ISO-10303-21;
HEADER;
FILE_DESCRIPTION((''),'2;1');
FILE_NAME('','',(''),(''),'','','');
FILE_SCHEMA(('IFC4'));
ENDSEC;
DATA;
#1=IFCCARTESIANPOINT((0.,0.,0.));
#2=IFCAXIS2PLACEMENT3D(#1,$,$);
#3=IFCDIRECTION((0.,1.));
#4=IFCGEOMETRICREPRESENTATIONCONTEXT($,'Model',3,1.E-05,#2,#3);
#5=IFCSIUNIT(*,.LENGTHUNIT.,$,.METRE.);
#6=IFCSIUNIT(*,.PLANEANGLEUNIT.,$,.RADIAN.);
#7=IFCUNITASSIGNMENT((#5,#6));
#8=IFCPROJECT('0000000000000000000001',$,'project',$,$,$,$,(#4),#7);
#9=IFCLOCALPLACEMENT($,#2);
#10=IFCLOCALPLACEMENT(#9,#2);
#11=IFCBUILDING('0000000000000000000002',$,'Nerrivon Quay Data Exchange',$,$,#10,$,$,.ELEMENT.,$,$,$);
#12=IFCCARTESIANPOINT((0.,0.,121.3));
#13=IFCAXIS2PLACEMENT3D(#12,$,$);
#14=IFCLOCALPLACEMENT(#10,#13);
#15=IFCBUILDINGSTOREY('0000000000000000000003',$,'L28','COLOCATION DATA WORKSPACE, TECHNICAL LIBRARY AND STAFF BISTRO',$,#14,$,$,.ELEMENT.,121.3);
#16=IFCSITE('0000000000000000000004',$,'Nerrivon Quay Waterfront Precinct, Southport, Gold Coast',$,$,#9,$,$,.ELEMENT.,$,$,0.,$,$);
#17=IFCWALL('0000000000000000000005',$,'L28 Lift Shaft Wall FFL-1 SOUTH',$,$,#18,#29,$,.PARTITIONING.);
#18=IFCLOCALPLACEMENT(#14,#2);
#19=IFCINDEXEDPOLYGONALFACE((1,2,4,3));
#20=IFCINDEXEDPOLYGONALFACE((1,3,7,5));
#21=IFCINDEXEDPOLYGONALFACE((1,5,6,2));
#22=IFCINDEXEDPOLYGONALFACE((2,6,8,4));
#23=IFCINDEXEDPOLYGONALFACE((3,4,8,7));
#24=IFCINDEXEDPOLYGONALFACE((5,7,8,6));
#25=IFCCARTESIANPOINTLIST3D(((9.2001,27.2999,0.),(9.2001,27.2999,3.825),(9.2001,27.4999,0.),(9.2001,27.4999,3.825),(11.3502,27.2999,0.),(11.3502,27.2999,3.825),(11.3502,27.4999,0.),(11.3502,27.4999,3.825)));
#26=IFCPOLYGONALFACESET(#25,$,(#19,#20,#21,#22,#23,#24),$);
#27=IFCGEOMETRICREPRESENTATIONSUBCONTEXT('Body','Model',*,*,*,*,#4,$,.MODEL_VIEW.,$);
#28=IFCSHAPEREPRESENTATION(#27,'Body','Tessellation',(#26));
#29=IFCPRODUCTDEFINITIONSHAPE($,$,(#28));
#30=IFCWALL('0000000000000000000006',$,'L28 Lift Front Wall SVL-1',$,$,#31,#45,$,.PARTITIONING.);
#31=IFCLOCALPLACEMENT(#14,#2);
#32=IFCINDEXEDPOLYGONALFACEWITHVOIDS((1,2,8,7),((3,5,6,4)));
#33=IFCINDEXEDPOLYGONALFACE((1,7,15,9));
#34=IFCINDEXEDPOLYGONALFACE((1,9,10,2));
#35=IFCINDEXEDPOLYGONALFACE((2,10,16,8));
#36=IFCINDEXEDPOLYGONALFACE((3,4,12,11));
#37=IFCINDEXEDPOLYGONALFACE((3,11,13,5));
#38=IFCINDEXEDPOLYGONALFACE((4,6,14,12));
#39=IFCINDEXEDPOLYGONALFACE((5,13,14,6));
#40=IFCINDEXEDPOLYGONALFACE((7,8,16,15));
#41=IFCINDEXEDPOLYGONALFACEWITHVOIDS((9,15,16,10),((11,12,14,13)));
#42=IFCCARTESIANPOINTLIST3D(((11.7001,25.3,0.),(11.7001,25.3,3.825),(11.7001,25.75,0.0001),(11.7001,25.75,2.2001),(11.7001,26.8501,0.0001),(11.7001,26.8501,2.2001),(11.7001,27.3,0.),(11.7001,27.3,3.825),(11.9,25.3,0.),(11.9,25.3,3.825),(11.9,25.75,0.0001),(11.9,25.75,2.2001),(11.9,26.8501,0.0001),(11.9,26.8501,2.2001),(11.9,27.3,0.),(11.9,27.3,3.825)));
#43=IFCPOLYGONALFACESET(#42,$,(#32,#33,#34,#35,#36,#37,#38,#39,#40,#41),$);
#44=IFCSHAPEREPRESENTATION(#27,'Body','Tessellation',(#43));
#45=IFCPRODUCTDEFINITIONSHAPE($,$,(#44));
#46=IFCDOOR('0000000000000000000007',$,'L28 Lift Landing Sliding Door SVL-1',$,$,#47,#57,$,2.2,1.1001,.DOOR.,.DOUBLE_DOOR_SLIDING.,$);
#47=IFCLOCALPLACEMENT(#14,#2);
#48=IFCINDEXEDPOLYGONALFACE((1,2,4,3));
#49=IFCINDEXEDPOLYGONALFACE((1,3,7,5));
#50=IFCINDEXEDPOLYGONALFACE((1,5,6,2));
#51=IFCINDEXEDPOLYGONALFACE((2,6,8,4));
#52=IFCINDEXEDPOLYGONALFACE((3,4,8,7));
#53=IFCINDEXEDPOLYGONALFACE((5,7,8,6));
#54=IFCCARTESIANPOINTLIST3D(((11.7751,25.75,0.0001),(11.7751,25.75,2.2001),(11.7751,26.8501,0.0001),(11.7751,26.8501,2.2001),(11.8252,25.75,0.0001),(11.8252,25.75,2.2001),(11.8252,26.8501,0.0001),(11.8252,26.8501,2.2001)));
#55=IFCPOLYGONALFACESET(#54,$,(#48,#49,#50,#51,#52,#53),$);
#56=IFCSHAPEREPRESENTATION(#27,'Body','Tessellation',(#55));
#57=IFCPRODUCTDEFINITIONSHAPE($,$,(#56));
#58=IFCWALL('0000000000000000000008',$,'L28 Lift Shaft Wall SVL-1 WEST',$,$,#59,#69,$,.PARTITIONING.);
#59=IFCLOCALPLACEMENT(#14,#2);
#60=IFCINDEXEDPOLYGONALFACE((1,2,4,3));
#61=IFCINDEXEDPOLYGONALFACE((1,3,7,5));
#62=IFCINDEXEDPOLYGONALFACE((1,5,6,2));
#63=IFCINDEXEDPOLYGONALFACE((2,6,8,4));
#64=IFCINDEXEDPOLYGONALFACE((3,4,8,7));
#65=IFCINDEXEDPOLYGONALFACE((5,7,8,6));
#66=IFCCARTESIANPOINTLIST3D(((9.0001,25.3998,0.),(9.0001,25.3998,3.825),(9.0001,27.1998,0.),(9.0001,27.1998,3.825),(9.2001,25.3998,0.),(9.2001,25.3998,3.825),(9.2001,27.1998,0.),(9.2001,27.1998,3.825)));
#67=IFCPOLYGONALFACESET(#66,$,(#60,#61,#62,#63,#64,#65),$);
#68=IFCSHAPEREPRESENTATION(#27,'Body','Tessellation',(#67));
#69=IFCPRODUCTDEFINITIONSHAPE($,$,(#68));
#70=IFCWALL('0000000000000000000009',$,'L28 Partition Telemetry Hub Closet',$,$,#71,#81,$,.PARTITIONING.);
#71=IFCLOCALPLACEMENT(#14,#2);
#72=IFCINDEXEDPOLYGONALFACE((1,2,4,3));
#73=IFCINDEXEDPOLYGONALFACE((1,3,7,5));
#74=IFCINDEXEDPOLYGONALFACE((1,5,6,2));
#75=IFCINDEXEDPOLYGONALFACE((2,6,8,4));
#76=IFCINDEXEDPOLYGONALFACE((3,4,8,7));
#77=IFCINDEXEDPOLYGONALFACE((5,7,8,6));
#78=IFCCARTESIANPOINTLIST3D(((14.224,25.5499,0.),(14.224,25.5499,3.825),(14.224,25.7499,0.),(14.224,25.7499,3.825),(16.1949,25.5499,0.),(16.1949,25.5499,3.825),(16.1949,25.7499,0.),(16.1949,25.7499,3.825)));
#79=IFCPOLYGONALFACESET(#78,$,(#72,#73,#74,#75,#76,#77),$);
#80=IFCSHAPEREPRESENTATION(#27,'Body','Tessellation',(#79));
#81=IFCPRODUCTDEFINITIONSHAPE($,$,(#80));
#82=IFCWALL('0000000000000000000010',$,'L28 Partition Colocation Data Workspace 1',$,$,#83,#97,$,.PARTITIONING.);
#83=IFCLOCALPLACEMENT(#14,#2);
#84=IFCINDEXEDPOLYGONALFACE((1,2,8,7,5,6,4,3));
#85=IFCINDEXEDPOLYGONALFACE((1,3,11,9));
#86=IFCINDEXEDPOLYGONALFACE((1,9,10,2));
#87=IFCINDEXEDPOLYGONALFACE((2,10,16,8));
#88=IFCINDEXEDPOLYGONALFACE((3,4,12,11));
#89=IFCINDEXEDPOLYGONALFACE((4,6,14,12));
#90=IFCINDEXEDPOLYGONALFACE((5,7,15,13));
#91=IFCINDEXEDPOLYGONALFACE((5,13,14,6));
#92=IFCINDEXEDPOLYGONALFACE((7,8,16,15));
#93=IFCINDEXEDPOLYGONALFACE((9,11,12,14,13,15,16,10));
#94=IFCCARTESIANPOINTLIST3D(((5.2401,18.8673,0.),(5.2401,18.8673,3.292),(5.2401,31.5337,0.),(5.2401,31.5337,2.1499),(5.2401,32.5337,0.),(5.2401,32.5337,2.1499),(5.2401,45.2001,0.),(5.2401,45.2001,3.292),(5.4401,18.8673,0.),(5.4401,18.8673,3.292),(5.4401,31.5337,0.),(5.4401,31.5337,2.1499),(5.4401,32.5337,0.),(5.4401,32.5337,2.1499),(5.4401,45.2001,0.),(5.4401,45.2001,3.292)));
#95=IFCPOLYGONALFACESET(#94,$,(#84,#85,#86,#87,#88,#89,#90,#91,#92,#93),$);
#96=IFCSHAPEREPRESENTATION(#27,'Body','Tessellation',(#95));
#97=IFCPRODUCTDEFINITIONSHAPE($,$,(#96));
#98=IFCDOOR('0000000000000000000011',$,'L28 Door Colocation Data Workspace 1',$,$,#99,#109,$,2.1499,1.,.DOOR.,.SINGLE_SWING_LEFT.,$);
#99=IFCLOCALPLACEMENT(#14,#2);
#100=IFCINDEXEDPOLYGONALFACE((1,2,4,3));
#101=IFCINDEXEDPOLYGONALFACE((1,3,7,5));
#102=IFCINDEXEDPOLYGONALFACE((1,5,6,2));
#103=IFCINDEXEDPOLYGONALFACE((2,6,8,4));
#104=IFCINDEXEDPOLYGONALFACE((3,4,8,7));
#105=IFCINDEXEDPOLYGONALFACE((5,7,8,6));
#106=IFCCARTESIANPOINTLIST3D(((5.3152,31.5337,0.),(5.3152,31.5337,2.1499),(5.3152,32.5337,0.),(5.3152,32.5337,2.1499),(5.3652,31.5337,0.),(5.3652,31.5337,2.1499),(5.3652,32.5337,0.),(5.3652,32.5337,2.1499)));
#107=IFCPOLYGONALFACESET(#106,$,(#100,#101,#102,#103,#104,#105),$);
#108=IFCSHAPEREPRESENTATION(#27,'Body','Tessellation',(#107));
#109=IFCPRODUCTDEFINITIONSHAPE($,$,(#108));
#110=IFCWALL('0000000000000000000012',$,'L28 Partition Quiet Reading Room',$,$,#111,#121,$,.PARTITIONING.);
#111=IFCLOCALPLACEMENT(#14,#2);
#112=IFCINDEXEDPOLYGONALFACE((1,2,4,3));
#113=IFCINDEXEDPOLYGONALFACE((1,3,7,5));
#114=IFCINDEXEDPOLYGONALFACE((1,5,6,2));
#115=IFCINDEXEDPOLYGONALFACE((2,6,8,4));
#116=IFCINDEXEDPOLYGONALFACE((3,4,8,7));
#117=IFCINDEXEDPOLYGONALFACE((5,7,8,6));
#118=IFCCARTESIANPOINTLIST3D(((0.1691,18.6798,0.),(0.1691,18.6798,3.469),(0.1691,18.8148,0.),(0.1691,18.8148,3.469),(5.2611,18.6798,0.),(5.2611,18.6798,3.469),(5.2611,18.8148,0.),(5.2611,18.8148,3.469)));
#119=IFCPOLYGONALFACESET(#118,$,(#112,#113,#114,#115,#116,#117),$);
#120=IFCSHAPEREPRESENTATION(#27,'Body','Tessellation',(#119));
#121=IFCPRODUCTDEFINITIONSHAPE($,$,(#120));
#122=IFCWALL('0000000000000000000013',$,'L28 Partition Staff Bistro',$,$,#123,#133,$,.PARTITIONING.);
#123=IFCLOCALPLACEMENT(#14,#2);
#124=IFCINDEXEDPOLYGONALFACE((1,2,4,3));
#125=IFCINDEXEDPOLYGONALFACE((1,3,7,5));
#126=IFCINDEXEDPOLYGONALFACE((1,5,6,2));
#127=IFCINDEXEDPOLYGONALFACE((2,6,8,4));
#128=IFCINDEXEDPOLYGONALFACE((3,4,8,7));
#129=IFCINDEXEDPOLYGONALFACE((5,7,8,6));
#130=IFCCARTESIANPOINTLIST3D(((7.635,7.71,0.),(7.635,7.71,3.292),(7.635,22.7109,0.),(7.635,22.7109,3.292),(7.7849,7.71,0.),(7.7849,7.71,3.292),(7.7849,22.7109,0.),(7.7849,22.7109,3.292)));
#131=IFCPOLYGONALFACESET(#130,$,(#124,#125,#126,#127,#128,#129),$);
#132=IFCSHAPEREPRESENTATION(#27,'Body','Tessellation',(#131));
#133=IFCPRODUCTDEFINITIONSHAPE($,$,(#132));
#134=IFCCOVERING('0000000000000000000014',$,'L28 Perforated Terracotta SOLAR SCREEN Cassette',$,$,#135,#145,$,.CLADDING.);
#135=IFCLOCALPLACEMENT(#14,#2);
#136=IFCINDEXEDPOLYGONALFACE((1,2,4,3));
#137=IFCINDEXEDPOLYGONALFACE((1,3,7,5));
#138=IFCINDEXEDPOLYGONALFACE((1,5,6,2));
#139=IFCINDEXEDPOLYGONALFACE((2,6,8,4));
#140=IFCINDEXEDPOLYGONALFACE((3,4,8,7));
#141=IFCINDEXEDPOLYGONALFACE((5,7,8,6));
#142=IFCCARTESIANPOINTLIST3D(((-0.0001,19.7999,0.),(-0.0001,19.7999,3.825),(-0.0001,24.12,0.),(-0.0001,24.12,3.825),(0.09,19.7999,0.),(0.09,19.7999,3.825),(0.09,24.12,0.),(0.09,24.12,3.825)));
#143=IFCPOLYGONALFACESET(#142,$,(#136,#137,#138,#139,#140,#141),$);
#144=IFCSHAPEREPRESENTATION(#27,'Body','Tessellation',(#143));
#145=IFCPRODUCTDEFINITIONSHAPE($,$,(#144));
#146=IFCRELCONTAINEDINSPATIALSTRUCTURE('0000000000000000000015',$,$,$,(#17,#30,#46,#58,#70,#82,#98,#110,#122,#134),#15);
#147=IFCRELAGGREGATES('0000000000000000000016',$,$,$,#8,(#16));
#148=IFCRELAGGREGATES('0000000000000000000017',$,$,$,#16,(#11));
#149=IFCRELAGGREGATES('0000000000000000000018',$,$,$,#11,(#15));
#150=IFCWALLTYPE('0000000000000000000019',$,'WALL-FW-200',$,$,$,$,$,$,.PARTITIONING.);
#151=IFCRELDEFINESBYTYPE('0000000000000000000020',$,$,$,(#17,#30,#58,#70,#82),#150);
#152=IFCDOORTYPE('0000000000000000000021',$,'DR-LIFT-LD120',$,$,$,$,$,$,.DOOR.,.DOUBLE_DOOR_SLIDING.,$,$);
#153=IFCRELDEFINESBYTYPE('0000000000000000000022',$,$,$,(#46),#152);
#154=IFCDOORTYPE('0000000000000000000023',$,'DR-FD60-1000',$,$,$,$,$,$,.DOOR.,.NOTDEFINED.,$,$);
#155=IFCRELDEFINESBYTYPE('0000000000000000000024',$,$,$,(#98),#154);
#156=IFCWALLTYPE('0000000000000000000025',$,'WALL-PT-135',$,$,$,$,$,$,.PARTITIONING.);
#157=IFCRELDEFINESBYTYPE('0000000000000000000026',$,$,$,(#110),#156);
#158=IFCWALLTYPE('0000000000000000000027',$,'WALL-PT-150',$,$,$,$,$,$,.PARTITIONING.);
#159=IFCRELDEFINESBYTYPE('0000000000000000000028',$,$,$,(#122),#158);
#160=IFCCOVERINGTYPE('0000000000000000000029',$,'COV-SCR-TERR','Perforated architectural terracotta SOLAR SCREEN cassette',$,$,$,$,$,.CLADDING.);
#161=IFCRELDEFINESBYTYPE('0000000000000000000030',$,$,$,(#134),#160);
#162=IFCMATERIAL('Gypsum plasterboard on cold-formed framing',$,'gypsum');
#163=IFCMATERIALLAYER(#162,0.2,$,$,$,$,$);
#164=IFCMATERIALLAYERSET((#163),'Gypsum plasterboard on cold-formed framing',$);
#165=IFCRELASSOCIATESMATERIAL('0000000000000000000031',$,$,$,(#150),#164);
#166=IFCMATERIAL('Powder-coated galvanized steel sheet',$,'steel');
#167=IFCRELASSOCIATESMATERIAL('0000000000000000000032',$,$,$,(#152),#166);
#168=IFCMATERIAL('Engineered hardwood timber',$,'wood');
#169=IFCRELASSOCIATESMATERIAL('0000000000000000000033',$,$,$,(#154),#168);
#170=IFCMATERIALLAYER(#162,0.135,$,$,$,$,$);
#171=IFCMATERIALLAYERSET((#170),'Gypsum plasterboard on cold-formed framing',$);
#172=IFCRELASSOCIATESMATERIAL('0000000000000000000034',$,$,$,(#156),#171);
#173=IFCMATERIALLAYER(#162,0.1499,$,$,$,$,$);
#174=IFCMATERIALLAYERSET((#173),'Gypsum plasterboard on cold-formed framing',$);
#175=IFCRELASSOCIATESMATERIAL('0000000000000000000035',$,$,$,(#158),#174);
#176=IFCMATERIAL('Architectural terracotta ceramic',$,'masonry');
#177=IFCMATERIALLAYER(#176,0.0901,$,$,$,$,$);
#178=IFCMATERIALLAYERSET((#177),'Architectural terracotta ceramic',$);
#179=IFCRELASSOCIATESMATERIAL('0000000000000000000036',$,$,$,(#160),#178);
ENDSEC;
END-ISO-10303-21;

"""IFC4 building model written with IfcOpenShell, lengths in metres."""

from ifc_helpers import new_model, si_unit, direction, frame, frame_2d, origin, origin_2d, place, context, subcontext, project, spatial, rectangle, extrude, material, layer, layer_set, type_object, element, fill, save


model = new_model("IFC4")

# Units and contexts
model_context = context("Model", 3, precision=1e-05, world=origin(), true_north=direction((0.0, 1.0)))
body_context = subcontext(model_context, "Body", "Model", "MODEL_VIEW")
ifc_project = project(units=[si_unit("LENGTHUNIT", "METRE"), si_unit("PLANEANGLEUNIT", "RADIAN")], contexts=[model_context])

# Site, building, storey
site_placement = place(None, origin())
site = spatial("IfcSite", under=ifc_project, at=site_placement, Name="Nerrivon Quay Waterfront Precinct, Southport, Gold Coast", CompositionType="ELEMENT", RefElevation=0.0)
building_placement = place(site_placement, origin())
building = spatial("IfcBuilding", under=site, at=building_placement, Name="Nerrivon Quay Data Exchange", CompositionType="ELEMENT")
storey_placement = place(building_placement, frame((0.0, 0.0, 121.3)))
storey = spatial("IfcBuildingStorey", under=building, at=storey_placement, Name="L28", Description="COLOCATION DATA WORKSPACE, TECHNICAL LIBRARY AND STAFF BISTRO", CompositionType="ELEMENT", Elevation=121.3)

# Shared definitions
ifc_material_1 = material(Name="Powder-coated galvanized steel sheet", Category="steel")

# Wall
ifc_material_2 = material(Name="Gypsum plasterboard on cold-formed framing", Category="gypsum")
ifc_layer_1 = layer(ifc_material_2, 0.2)
ifc_layer_set_1 = layer_set([ifc_layer_1], Name="Gypsum plasterboard on cold-formed framing")
wall_type_1 = type_object("IfcWallType", Name="WALL-FW-200", PredefinedType="PARTITIONING", material=ifc_layer_set_1)
wall_1_placement = place(storey_placement, frame((9.2, 27.3999, 0.0), z_axis=(0.0, 0.0, 1.0), x_axis=(1.0, 0.0, 0.0)))
element("IfcWall", 1, at=wall_1_placement, inside=storey, type_object=wall_type_1, Name="L28 Lift Shaft Wall FFL-1 SOUTH", PredefinedType="PARTITIONING", context=body_context, shape_type="SweptSolid", body=[
    extrude(rectangle(XDim=2.1501, YDim=0.2, at=frame_2d((1.0752, 0.0))), origin(), (0.0, 0.0, 1.0), 3.825),
])

# Wall, opening, door
wall_2_placement = place(storey_placement, frame((11.8, 25.3, 0.0), z_axis=(0.0, 0.0, 1.0), x_axis=(0.0, 1.0, 0.0)))
wall_2 = element("IfcWall", 2, at=wall_2_placement, inside=storey, type_object=wall_type_1, Name="L28 Lift Front Wall SVL-1", PredefinedType="PARTITIONING", context=body_context, shape_type="SweptSolid", body=[
    extrude(rectangle(XDim=2.0, YDim=0.2, at=frame_2d((1.0, 0.0))), origin(), (0.0, 0.0, 1.0), 3.825),
])
opening_1_placement = place(wall_2_placement, frame((0.45, 0.0, 0.0)))
opening_1 = element("IfcOpeningElement", 3, at=opening_1_placement, cuts=wall_2, PredefinedType="OPENING", context=body_context, shape_type="SweptSolid", body=[
    extrude(rectangle(XDim=1.1001, YDim=2.2, at=frame_2d((0.55, 1.1001))), frame((0.0, 0.1099, 0.0), z_axis=(0.0, -1.0, 0.0), x_axis=(1.0, 0.0, 0.0)), (0.0, 0.0, 1.0), 0.22),
])
door_type_1 = type_object("IfcDoorType", Name="DR-LIFT-LD120", OperationType="DOUBLE_DOOR_SLIDING", PredefinedType="DOOR", material=ifc_material_1)
door_1_placement = place(opening_1_placement, origin())
door_1 = element("IfcDoor", 4, at=door_1_placement, inside=storey, type_object=door_type_1, Name="L28 Lift Landing Sliding Door SVL-1", OperationType="DOUBLE_DOOR_SLIDING", OverallHeight=2.2, OverallWidth=1.1001, PredefinedType="DOOR", context=body_context, shape_type="SweptSolid", body=[
    extrude(rectangle(XDim=1.1001, YDim=2.2, at=frame_2d((0.55, 1.1001))), frame((0.0, 0.0249, 0.0), z_axis=(0.0, -1.0, 0.0), x_axis=(1.0, 0.0, 0.0)), (0.0, 0.0, 1.0), 0.05),
])
fill(opening_1, door_1)

# Walls
wall_3_placement = place(storey_placement, frame((9.1001, 25.3999, 0.0), z_axis=(0.0, 0.0, 1.0), x_axis=(0.0, 1.0, 0.0)))
element("IfcWall", 5, at=wall_3_placement, inside=storey, type_object=wall_type_1, Name="L28 Lift Shaft Wall SVL-1 WEST", PredefinedType="PARTITIONING", context=body_context, shape_type="SweptSolid", body=[
    extrude(rectangle(XDim=1.8, YDim=0.2, at=frame_2d((0.8999, 0.0))), origin(), (0.0, 0.0, 1.0), 3.825),
])
wall_4_placement = place(storey_placement, frame((14.2241, 25.6499, 0.0), z_axis=(0.0, 0.0, 1.0), x_axis=(1.0, 0.0, 0.0)))
element("IfcWall", 6, at=wall_4_placement, inside=storey, type_object=wall_type_1, Name="L28 Partition Telemetry Hub Closet", PredefinedType="PARTITIONING", context=body_context, shape_type="SweptSolid", body=[
    extrude(rectangle(XDim=1.9709, YDim=0.2, at=frame_2d((0.9854, 0.0))), origin(), (0.0, 0.0, 1.0), 3.825),
])

# Wall, opening, door
wall_5_placement = place(storey_placement, frame((5.3401, 18.8672, 0.0), z_axis=(0.0, 0.0, 1.0), x_axis=(0.0, 1.0, 0.0)))
wall_5 = element("IfcWall", 7, at=wall_5_placement, inside=storey, type_object=wall_type_1, Name="L28 Partition Colocation Data Workspace 1", PredefinedType="PARTITIONING", context=body_context, shape_type="SweptSolid", body=[
    extrude(rectangle(XDim=26.3328, YDim=0.2, at=frame_2d((13.1665, 0.0))), origin(), (0.0, 0.0, 1.0), 3.292),
])
opening_2_placement = place(wall_5_placement, frame((12.6665, 0.0, 0.0)))
opening_2 = element("IfcOpeningElement", 8, at=opening_2_placement, cuts=wall_5, PredefinedType="OPENING", context=body_context, shape_type="SweptSolid", body=[
    extrude(rectangle(XDim=1.0, YDim=2.1499, at=frame_2d((0.5, 1.075))), frame((0.0, 0.1099, 0.0), z_axis=(0.0, -1.0, 0.0), x_axis=(1.0, 0.0, 0.0)), (0.0, 0.0, 1.0), 0.22),
])
ifc_material_3 = material(Name="Engineered hardwood timber", Category="wood")
door_type_2 = type_object("IfcDoorType", Name="DR-FD60-1000", OperationType="NOTDEFINED", PredefinedType="DOOR", material=ifc_material_3)
door_2_placement = place(opening_2_placement, origin())
door_2 = element("IfcDoor", 9, at=door_2_placement, inside=storey, type_object=door_type_2, Name="L28 Door Colocation Data Workspace 1", OperationType="SINGLE_SWING_LEFT", OverallHeight=2.1499, OverallWidth=1.0, PredefinedType="DOOR", context=body_context, shape_type="SweptSolid", body=[
    extrude(rectangle(XDim=1.0, YDim=2.1499, at=frame_2d((0.5, 1.075))), frame((0.0, 0.0249, 0.0), z_axis=(0.0, -1.0, 0.0), x_axis=(1.0, 0.0, 0.0)), (0.0, 0.0, 1.0), 0.05),
])
fill(opening_2, door_2)

# Walls
ifc_layer_2 = layer(ifc_material_2, 0.135)
ifc_layer_set_2 = layer_set([ifc_layer_2], Name="Gypsum plasterboard on cold-formed framing")
wall_type_2 = type_object("IfcWallType", Name="WALL-PT-135", PredefinedType="PARTITIONING", material=ifc_layer_set_2)
wall_6_placement = place(storey_placement, frame((5.261, 18.7473, 0.0), z_axis=(0.0, 0.0, 1.0), x_axis=(-1.0, 0.0, 0.0)))
element("IfcWall", 10, at=wall_6_placement, inside=storey, type_object=wall_type_2, Name="L28 Partition Quiet Reading Room", PredefinedType="PARTITIONING", context=body_context, shape_type="SweptSolid", body=[
    extrude(rectangle(XDim=5.092, YDim=0.135, at=frame_2d((2.5459, 0.0))), origin(), (0.0, 0.0, 1.0), 3.469),
])
ifc_layer_3 = layer(ifc_material_2, 0.1499)
ifc_layer_set_3 = layer_set([ifc_layer_3], Name="Gypsum plasterboard on cold-formed framing")
wall_type_3 = type_object("IfcWallType", Name="WALL-PT-150", PredefinedType="PARTITIONING", material=ifc_layer_set_3)
wall_7_placement = place(storey_placement, frame((7.71, 22.7109, 0.0), z_axis=(0.0, 0.0, 1.0), x_axis=(0.0, -1.0, 0.0)))
element("IfcWall", 11, at=wall_7_placement, inside=storey, type_object=wall_type_3, Name="L28 Partition Staff Bistro", PredefinedType="PARTITIONING", context=body_context, shape_type="SweptSolid", body=[
    extrude(rectangle(XDim=15.001, YDim=0.1499, at=frame_2d((7.5005, 0.0))), origin(), (0.0, 0.0, 1.0), 3.292),
])

# Covering
ifc_material_4 = material(Name="Architectural terracotta ceramic", Category="masonry")
ifc_layer_4 = layer(ifc_material_4, 0.0901)
ifc_layer_set_4 = layer_set([ifc_layer_4], Name="Architectural terracotta ceramic")
covering_type = type_object("IfcCoveringType", Name="COV-SCR-TERR", Description="Perforated architectural terracotta SOLAR SCREEN cassette", PredefinedType="CLADDING", material=ifc_layer_set_4)
covering_placement = place(storey_placement, frame((0.0449, 21.96, 0.0), z_axis=(0.0, 0.0, 1.0), x_axis=(0.0, 1.0, 0.0)))
element("IfcCovering", 12, at=covering_placement, inside=storey, type_object=covering_type, Name="L28 Perforated Terracotta SOLAR SCREEN Cassette", PredefinedType="CLADDING", context=body_context, shape_type="SweptSolid", body=[
    extrude(rectangle(XDim=4.3201, YDim=0.0901, at=origin_2d()), origin(), (0.0, 0.0, 1.0), 3.825),
])

save(model, "model.ifc")
